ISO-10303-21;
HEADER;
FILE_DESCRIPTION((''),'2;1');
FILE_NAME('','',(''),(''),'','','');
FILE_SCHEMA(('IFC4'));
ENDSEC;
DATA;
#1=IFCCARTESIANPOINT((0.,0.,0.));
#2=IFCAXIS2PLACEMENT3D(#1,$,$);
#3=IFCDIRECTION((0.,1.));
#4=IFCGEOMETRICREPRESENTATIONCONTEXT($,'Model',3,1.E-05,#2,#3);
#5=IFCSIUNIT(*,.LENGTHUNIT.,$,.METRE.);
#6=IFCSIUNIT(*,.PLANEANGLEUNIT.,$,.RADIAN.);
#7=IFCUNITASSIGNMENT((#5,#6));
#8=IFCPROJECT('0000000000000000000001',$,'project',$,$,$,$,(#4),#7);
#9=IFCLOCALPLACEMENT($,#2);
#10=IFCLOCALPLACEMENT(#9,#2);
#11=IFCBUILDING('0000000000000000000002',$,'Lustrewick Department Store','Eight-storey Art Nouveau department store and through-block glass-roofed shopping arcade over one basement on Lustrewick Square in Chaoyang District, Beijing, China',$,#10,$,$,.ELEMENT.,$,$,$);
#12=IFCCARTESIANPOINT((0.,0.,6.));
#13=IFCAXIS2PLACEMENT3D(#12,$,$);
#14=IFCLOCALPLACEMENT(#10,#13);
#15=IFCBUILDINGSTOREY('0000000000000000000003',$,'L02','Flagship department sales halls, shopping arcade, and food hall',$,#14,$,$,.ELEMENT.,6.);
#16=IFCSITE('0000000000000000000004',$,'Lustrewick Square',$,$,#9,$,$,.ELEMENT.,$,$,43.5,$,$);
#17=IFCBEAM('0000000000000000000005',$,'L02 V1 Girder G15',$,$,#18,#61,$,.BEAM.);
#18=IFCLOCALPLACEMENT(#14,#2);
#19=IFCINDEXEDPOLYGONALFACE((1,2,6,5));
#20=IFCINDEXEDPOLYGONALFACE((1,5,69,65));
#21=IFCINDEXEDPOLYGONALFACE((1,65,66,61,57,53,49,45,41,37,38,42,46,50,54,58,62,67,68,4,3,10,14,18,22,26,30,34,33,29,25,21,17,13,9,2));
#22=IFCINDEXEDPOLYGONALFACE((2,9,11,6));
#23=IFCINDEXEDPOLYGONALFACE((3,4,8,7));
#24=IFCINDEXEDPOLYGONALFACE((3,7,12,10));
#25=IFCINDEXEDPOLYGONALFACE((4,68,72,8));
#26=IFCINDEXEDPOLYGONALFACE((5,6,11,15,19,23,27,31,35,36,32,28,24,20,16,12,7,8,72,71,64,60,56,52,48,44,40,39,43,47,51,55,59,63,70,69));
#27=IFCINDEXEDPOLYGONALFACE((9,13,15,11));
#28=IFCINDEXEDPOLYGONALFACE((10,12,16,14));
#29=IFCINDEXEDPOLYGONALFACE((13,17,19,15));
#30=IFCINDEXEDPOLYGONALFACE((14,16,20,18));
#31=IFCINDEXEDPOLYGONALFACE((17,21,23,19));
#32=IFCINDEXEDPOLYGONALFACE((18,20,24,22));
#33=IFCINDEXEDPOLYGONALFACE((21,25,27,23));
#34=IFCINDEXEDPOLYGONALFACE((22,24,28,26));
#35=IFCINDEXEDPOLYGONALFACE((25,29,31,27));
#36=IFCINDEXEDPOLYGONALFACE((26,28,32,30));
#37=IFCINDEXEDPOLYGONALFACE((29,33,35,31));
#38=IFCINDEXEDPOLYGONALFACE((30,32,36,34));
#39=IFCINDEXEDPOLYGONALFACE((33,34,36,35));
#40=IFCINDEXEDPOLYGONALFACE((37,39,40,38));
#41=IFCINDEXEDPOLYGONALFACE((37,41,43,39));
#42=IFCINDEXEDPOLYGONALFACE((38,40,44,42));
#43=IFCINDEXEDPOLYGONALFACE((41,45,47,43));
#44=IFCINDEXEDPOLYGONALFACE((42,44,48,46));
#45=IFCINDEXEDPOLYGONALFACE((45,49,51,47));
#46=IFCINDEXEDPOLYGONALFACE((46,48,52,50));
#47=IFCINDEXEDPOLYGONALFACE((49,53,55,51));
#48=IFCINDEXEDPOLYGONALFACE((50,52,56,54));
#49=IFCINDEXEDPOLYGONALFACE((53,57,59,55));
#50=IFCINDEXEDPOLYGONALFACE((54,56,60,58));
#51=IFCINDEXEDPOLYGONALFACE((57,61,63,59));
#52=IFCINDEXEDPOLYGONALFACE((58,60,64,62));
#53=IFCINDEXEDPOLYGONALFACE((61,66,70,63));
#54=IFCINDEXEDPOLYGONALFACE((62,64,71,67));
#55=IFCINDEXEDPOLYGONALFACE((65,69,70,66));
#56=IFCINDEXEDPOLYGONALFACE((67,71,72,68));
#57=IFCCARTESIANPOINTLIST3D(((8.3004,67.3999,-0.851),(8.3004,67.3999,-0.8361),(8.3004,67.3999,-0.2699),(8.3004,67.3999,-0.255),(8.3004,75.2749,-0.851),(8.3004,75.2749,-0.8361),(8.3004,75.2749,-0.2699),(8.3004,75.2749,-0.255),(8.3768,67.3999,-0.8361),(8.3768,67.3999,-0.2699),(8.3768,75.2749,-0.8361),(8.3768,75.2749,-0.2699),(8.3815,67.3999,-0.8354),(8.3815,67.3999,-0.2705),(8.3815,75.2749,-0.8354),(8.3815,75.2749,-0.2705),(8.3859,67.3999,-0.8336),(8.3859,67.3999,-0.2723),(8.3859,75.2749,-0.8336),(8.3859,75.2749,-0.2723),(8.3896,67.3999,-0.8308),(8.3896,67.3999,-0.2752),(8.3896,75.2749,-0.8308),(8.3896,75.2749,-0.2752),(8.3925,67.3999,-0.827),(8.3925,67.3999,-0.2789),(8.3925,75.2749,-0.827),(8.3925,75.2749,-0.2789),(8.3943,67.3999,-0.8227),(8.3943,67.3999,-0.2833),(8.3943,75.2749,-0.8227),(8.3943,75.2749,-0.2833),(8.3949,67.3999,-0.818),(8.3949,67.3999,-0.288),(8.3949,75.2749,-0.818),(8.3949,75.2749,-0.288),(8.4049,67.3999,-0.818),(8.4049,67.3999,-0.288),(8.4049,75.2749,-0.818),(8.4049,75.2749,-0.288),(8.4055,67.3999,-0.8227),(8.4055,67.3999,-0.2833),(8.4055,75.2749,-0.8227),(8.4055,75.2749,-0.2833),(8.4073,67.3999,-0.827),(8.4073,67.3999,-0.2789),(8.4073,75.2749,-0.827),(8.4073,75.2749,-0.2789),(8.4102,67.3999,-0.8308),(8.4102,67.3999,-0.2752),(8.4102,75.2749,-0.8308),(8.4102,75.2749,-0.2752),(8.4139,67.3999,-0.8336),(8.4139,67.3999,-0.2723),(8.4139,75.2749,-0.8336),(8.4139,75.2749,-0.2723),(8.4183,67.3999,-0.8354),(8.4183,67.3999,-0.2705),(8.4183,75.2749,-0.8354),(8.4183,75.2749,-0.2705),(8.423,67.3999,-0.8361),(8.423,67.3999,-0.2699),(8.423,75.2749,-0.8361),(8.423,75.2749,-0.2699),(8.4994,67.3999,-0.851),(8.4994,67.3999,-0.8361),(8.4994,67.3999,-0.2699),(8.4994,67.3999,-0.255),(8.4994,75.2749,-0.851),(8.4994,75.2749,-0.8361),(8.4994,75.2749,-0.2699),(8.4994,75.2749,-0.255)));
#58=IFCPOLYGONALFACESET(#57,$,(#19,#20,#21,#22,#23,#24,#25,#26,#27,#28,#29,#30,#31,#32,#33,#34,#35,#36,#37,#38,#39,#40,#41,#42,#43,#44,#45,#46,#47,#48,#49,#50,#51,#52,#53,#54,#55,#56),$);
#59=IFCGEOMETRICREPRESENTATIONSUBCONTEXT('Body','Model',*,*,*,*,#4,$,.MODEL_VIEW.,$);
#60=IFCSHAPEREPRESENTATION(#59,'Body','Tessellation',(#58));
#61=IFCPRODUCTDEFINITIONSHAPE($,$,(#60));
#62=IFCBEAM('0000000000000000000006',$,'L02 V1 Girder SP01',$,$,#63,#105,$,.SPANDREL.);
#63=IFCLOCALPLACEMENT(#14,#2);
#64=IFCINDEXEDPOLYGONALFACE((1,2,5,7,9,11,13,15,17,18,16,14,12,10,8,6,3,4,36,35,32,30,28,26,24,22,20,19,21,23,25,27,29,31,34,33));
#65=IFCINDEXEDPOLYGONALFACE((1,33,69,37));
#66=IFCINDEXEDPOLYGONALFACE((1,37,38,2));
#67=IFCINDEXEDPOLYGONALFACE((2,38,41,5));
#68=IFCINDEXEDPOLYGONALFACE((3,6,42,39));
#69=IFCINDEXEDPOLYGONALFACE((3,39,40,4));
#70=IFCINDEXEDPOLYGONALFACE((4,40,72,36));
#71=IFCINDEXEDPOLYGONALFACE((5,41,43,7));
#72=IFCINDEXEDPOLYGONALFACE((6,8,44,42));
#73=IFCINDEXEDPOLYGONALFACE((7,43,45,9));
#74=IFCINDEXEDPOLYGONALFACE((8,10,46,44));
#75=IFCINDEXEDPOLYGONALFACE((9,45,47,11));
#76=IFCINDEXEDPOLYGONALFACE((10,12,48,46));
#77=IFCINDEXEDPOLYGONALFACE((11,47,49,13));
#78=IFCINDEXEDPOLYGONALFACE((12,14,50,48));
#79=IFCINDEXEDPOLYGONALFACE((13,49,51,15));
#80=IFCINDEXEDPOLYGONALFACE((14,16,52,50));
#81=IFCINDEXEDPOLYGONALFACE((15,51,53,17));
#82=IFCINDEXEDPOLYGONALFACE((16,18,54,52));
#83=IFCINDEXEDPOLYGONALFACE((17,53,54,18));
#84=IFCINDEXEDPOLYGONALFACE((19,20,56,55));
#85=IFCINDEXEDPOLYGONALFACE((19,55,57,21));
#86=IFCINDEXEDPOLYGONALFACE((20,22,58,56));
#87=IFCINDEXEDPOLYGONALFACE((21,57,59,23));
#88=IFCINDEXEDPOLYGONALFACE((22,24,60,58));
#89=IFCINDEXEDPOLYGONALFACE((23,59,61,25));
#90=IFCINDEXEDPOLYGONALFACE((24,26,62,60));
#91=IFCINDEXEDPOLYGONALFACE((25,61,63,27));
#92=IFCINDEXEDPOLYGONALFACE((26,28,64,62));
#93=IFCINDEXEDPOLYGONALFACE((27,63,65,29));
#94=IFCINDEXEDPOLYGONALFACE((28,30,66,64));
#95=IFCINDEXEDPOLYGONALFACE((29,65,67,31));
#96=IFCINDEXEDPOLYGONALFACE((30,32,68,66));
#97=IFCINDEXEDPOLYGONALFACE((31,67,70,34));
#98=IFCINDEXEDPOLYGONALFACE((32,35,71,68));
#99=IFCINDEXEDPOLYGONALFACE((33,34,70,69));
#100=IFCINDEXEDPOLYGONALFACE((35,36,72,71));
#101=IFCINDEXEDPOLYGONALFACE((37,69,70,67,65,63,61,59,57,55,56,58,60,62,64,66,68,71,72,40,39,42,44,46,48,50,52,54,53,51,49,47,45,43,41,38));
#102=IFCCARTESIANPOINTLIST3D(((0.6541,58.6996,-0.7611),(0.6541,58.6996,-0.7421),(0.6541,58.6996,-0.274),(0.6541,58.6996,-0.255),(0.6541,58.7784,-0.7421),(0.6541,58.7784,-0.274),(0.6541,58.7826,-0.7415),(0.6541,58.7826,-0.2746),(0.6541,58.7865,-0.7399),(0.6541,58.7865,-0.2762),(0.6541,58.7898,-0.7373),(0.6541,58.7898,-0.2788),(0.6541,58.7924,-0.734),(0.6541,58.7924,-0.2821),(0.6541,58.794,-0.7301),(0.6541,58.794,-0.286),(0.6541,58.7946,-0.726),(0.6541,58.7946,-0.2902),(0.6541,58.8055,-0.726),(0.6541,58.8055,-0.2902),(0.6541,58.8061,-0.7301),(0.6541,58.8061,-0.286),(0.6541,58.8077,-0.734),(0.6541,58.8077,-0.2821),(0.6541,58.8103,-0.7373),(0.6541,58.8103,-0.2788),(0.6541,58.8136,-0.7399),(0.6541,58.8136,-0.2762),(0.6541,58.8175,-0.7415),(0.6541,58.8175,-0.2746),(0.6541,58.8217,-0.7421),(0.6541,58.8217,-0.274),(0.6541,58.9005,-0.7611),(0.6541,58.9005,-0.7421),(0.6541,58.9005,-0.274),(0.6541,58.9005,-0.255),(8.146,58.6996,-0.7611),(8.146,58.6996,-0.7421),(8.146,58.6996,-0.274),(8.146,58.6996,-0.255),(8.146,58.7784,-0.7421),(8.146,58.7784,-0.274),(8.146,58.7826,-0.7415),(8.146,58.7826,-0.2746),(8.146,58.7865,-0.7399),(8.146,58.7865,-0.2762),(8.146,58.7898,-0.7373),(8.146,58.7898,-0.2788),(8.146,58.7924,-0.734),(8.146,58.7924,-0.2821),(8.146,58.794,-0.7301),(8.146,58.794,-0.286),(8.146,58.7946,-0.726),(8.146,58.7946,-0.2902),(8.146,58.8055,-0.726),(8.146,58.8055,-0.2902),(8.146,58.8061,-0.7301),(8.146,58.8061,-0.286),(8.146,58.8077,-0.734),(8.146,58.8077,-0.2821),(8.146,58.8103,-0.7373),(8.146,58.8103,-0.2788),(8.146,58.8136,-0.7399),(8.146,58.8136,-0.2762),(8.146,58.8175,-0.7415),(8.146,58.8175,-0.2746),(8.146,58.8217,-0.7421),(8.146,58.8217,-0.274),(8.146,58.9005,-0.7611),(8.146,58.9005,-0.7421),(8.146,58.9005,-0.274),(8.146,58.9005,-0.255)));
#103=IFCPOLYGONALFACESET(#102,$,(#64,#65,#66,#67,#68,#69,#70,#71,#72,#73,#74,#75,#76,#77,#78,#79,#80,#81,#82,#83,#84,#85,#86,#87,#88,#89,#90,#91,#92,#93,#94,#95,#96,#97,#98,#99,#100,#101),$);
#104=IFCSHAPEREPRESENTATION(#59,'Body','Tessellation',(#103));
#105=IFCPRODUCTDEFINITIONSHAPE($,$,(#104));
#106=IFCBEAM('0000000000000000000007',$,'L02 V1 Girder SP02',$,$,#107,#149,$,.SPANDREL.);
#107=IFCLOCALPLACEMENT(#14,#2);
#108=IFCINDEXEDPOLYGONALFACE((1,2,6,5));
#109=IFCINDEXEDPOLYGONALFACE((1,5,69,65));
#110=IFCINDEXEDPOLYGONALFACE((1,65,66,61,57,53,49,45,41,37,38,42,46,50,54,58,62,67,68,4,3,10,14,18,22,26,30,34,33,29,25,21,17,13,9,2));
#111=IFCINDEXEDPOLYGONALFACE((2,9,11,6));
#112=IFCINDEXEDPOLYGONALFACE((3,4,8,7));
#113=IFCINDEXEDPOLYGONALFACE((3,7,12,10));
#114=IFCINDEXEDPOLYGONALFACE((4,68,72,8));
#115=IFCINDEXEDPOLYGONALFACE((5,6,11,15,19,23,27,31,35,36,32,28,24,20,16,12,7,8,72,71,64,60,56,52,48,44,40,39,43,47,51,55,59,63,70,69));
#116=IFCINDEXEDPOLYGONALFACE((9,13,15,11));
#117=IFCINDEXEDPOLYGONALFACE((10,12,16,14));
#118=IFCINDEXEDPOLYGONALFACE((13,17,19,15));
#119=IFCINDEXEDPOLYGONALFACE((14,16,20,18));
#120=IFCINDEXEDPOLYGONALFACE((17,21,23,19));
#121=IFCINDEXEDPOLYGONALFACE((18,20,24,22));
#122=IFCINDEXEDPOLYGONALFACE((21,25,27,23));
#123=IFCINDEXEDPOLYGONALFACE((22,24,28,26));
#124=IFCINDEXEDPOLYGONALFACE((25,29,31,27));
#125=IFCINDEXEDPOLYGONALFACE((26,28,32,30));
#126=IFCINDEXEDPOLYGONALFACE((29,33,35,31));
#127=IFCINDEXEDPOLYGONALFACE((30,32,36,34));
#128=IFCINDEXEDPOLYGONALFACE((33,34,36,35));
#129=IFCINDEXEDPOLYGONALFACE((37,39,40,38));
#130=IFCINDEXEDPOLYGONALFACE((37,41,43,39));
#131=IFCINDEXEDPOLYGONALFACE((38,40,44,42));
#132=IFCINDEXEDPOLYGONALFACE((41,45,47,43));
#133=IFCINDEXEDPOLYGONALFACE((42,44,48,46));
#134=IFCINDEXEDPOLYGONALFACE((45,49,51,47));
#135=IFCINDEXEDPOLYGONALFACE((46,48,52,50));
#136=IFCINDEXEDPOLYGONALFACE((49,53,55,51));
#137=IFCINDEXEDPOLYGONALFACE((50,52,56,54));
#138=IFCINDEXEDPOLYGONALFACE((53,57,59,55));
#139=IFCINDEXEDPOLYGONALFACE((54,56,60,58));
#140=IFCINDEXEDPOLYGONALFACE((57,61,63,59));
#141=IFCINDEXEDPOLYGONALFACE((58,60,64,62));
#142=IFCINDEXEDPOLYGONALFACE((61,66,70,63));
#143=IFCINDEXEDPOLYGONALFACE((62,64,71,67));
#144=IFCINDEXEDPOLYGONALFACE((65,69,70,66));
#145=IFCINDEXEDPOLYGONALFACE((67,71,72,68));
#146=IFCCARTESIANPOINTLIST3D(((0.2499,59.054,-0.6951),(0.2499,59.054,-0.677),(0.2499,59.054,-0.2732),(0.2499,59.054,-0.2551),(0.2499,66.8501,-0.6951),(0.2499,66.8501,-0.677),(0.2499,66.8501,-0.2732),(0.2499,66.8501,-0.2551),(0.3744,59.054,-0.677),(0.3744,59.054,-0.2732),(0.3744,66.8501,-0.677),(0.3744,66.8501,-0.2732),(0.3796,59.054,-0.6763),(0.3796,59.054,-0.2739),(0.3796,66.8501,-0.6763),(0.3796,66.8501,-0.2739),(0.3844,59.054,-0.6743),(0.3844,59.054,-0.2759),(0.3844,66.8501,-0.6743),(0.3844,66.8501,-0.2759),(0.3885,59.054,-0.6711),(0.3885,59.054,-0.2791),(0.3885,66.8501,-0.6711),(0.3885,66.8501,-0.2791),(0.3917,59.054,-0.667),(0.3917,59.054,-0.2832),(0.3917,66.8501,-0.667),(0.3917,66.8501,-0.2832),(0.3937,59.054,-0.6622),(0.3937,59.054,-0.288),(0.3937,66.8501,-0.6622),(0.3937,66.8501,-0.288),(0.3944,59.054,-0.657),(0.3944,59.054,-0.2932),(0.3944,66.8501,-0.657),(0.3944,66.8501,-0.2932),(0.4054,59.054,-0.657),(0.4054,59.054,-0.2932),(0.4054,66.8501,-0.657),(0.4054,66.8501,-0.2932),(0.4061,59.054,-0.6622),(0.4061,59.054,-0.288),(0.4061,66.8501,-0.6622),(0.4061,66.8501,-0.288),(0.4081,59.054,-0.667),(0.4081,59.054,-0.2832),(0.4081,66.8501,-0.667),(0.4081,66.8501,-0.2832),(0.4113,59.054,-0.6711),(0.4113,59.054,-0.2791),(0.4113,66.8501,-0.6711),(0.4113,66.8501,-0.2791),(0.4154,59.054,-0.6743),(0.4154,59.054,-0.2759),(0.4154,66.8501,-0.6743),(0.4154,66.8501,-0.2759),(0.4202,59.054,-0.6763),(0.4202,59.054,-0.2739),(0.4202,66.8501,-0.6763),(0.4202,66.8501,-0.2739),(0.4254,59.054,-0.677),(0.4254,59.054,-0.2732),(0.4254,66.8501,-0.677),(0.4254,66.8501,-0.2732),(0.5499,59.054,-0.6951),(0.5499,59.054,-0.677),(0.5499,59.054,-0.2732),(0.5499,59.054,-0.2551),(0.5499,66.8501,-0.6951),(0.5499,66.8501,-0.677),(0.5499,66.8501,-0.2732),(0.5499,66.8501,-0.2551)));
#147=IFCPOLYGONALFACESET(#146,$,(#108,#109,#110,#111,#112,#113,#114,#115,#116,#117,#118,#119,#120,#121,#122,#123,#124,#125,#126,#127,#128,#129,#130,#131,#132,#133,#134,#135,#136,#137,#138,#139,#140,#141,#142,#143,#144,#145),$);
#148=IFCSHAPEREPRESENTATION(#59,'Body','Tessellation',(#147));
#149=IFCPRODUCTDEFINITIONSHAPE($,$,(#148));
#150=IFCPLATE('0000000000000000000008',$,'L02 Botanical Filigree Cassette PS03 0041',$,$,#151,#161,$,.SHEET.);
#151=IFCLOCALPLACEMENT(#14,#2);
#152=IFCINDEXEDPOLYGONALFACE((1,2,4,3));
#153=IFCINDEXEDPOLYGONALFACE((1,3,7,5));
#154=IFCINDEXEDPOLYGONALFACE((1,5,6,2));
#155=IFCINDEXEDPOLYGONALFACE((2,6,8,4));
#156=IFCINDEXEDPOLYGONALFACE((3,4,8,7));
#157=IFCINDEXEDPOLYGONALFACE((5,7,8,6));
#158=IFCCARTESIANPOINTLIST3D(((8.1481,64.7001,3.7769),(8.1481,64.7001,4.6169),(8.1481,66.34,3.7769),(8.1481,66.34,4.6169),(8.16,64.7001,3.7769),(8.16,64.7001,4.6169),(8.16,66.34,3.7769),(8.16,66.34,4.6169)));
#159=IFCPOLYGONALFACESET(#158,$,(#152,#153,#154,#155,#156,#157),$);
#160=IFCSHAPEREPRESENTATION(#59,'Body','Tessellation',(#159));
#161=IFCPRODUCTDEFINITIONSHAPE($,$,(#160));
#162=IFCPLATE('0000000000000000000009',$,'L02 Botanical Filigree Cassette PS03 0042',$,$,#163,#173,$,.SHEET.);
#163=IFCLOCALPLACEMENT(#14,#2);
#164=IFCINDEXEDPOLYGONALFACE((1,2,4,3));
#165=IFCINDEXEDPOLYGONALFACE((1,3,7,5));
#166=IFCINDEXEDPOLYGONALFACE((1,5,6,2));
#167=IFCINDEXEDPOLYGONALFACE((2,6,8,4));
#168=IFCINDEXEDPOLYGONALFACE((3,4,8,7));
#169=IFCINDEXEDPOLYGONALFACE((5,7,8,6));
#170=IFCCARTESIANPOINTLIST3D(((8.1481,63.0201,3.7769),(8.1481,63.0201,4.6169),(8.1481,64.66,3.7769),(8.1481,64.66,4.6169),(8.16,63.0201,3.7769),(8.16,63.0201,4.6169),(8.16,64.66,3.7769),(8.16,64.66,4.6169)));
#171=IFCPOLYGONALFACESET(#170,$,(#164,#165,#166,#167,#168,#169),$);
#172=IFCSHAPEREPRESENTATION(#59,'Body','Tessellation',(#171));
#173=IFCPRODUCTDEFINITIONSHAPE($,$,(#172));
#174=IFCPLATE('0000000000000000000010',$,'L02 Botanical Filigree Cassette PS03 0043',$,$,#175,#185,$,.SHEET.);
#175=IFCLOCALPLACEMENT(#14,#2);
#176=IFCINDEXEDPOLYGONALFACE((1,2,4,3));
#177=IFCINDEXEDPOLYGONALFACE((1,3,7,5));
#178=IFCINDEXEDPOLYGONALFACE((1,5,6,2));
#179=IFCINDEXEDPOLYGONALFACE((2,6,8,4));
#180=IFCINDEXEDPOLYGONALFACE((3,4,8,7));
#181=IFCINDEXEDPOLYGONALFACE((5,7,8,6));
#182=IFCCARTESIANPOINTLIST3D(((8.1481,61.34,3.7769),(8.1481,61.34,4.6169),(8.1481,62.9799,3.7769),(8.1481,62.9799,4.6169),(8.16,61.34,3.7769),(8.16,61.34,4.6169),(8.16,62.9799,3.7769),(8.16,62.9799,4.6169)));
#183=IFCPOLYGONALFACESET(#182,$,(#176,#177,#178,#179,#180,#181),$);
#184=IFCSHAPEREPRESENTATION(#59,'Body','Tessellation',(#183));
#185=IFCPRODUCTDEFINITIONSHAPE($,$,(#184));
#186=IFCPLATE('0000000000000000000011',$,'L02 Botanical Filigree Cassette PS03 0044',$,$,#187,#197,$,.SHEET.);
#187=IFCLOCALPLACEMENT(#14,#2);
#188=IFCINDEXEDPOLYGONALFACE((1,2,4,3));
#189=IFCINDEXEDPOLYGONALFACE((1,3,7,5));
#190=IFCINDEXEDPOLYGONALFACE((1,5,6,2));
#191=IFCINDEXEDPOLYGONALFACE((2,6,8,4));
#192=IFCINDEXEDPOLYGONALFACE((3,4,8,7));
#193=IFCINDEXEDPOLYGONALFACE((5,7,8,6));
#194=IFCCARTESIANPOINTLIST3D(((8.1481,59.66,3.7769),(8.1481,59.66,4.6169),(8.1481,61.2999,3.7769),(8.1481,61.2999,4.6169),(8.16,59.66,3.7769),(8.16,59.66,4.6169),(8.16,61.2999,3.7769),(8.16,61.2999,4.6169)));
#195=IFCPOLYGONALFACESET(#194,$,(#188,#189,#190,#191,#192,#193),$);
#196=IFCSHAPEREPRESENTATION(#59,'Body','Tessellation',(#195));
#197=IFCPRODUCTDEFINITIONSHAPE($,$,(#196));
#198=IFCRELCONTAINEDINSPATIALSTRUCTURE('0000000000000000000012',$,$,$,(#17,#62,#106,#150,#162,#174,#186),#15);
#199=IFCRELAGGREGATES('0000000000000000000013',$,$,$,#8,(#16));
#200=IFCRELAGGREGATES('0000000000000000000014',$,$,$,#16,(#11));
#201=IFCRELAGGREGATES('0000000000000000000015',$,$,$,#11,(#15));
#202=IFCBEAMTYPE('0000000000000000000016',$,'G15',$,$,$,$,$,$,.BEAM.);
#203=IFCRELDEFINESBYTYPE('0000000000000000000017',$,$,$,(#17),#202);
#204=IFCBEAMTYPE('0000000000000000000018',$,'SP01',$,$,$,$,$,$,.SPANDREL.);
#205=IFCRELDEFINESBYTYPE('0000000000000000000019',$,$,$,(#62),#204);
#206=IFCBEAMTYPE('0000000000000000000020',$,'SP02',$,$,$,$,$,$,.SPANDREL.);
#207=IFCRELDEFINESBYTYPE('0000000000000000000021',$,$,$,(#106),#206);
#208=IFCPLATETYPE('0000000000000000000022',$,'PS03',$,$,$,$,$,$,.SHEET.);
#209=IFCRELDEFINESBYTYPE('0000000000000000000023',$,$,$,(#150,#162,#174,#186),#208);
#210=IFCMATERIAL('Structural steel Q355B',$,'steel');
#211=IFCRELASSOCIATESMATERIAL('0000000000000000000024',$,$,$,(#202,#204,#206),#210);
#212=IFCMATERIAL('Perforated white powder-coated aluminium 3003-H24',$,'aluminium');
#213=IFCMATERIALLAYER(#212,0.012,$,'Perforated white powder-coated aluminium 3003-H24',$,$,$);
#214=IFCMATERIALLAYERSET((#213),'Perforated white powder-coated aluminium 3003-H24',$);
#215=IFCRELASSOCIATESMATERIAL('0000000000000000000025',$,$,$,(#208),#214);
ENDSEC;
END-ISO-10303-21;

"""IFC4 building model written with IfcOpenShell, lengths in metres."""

from ifc_helpers import new_model, si_unit, direction, frame, origin, origin_2d, place, context, subcontext, project, spatial, rectangle, i_section, extrude, material, layer, layer_set, material_profile, profile_set, type_object, element, save


model = new_model("IFC4")

# Units and contexts
model_context = context("Model", 3, precision=1e-05, world=origin(), true_north=direction((0.0, 1.0)))
body_context = subcontext(model_context, "Body", "Model", "MODEL_VIEW")
ifc_project = project(units=[si_unit("LENGTHUNIT", "METRE"), si_unit("PLANEANGLEUNIT", "RADIAN")], contexts=[model_context])

# Site, building, storey
site_placement = place(None, origin())
site = spatial("IfcSite", under=ifc_project, at=site_placement, Name="Lustrewick Square", CompositionType="ELEMENT", RefElevation=43.5)
building_placement = place(site_placement, origin())
building = spatial("IfcBuilding", under=site, at=building_placement, Name="Lustrewick Department Store", Description="Eight-storey Art Nouveau department store and through-block glass-roofed shopping arcade over one basement on Lustrewick Square in Chaoyang District, Beijing, China", CompositionType="ELEMENT")
storey_placement = place(building_placement, frame((0.0, 0.0, 6.0)))
storey = spatial("IfcBuildingStorey", under=building, at=storey_placement, Name="L02", Description="Flagship department sales halls, shopping arcade, and food hall", CompositionType="ELEMENT", Elevation=6.0)

# Beams
ifc_material_1 = material(Name="Structural steel Q355B", Category="steel")
ifc_material_profile_1 = material_profile(ifc_material_1, i_section(OverallWidth=0.199, OverallDepth=0.5959, WebThickness=0.01, FlangeThickness=0.0149, FilletRadius=0.0181, at=origin_2d()), Name="HN 596x199x10x15")
ifc_profile_set_1 = profile_set([ifc_material_profile_1], Name="Structural steel Q355B")
beam_type_1 = type_object("IfcBeamType", Name="G15", PredefinedType="BEAM", material=ifc_profile_set_1)
beam_1_placement = place(storey_placement, frame((8.3999, 67.3999, -0.553), z_axis=(0.0, 1.0, 0.0), x_axis=(-1.0, 0.0, 0.0)))
element("IfcBeam", 1, at=beam_1_placement, inside=storey, type_object=beam_type_1, Name="L02 V1 Girder G15", PredefinedType="BEAM", context=body_context, shape_type="SweptSolid", body=[
    extrude(i_section(OverallWidth=0.199, OverallDepth=0.5959, WebThickness=0.01, FlangeThickness=0.0149, FilletRadius=0.0181, at=origin_2d()), origin(), (0.0, 0.0, 1.0), 7.875),
])
ifc_material_profile_2 = material_profile(ifc_material_1, i_section(OverallWidth=0.2009, OverallDepth=0.5061, WebThickness=0.011, FlangeThickness=0.019, FilletRadius=0.0161, at=origin_2d()), Name="HN 506x201x11x19")
ifc_profile_set_2 = profile_set([ifc_material_profile_2], Name="Structural steel Q355B")
beam_type_2 = type_object("IfcBeamType", Name="SP01", PredefinedType="SPANDREL", material=ifc_profile_set_2)
beam_2_placement = place(storey_placement, frame((0.6541, 58.8, -0.5081), z_axis=(1.0, 0.0, 0.0), x_axis=(0.0, 1.0, 0.0)))
element("IfcBeam", 2, at=beam_2_placement, inside=storey, type_object=beam_type_2, Name="L02 V1 Girder SP01", PredefinedType="SPANDREL", context=body_context, shape_type="SweptSolid", body=[
    extrude(i_section(OverallWidth=0.2009, OverallDepth=0.5061, WebThickness=0.011, FlangeThickness=0.019, FilletRadius=0.0161, at=origin_2d()), origin(), (0.0, 0.0, 1.0), 7.4919),
])
ifc_material_profile_3 = material_profile(ifc_material_1, i_section(OverallWidth=0.3, OverallDepth=0.4399, WebThickness=0.011, FlangeThickness=0.0181, FilletRadius=0.02, at=origin_2d()), Name="HM 440x300x11x18")
ifc_profile_set_3 = profile_set([ifc_material_profile_3], Name="Structural steel Q355B")
beam_type_3 = type_object("IfcBeamType", Name="SP02", PredefinedType="SPANDREL", material=ifc_profile_set_3)
beam_3_placement = place(storey_placement, frame((0.3999, 59.054, -0.4751), z_axis=(0.0, 1.0, 0.0), x_axis=(-1.0, 0.0, 0.0)))
element("IfcBeam", 3, at=beam_3_placement, inside=storey, type_object=beam_type_3, Name="L02 V1 Girder SP02", PredefinedType="SPANDREL", context=body_context, shape_type="SweptSolid", body=[
    extrude(i_section(OverallWidth=0.3, OverallDepth=0.4399, WebThickness=0.011, FlangeThickness=0.0181, FilletRadius=0.02, at=origin_2d()), origin(), (0.0, 0.0, 1.0), 7.7961),
])

# Plates
ifc_material_2 = material(Name="Perforated white powder-coated aluminium 3003-H24", Category="aluminium")
ifc_layer_1 = layer(ifc_material_2, 0.012, Name="Perforated white powder-coated aluminium 3003-H24")
ifc_layer_set_1 = layer_set([ifc_layer_1], Name="Perforated white powder-coated aluminium 3003-H24")
plate_type = type_object("IfcPlateType", Name="PS03", PredefinedType="SHEET", material=ifc_layer_set_1)
for number, where, z_axis, x_axis, name in (
    (4, (8.1541, 65.52, 3.7769), (0.0, 0.0, 1.0), (0.0, -1.0, 0.0), "L02 Botanical Filigree Cassette PS03 0041"),
    (5, (8.1541, 63.8401, 3.7769), (0.0, 0.0, 1.0), (0.0, -1.0, 0.0), "L02 Botanical Filigree Cassette PS03 0042"),
    (6, (8.1541, 62.1599, 3.7769), (0.0, 0.0, 1.0), (0.0, -1.0, 0.0), "L02 Botanical Filigree Cassette PS03 0043"),
    (7, (8.1541, 60.48, 3.7769), (0.0, 0.0, 1.0), (0.0, -1.0, 0.0), "L02 Botanical Filigree Cassette PS03 0044"),
):
    element("IfcPlate", number, at=place(storey_placement, frame(where, z_axis=z_axis, x_axis=x_axis)), inside=storey, type_object=plate_type, Name=name, PredefinedType="SHEET", context=body_context, shape_type="SweptSolid", body=[
        extrude(rectangle(XDim=1.6399, YDim=0.012, at=origin_2d()), origin(), (0.0, 0.0, 1.0), 0.8401),
    ])

save(model, "model.ifc")
